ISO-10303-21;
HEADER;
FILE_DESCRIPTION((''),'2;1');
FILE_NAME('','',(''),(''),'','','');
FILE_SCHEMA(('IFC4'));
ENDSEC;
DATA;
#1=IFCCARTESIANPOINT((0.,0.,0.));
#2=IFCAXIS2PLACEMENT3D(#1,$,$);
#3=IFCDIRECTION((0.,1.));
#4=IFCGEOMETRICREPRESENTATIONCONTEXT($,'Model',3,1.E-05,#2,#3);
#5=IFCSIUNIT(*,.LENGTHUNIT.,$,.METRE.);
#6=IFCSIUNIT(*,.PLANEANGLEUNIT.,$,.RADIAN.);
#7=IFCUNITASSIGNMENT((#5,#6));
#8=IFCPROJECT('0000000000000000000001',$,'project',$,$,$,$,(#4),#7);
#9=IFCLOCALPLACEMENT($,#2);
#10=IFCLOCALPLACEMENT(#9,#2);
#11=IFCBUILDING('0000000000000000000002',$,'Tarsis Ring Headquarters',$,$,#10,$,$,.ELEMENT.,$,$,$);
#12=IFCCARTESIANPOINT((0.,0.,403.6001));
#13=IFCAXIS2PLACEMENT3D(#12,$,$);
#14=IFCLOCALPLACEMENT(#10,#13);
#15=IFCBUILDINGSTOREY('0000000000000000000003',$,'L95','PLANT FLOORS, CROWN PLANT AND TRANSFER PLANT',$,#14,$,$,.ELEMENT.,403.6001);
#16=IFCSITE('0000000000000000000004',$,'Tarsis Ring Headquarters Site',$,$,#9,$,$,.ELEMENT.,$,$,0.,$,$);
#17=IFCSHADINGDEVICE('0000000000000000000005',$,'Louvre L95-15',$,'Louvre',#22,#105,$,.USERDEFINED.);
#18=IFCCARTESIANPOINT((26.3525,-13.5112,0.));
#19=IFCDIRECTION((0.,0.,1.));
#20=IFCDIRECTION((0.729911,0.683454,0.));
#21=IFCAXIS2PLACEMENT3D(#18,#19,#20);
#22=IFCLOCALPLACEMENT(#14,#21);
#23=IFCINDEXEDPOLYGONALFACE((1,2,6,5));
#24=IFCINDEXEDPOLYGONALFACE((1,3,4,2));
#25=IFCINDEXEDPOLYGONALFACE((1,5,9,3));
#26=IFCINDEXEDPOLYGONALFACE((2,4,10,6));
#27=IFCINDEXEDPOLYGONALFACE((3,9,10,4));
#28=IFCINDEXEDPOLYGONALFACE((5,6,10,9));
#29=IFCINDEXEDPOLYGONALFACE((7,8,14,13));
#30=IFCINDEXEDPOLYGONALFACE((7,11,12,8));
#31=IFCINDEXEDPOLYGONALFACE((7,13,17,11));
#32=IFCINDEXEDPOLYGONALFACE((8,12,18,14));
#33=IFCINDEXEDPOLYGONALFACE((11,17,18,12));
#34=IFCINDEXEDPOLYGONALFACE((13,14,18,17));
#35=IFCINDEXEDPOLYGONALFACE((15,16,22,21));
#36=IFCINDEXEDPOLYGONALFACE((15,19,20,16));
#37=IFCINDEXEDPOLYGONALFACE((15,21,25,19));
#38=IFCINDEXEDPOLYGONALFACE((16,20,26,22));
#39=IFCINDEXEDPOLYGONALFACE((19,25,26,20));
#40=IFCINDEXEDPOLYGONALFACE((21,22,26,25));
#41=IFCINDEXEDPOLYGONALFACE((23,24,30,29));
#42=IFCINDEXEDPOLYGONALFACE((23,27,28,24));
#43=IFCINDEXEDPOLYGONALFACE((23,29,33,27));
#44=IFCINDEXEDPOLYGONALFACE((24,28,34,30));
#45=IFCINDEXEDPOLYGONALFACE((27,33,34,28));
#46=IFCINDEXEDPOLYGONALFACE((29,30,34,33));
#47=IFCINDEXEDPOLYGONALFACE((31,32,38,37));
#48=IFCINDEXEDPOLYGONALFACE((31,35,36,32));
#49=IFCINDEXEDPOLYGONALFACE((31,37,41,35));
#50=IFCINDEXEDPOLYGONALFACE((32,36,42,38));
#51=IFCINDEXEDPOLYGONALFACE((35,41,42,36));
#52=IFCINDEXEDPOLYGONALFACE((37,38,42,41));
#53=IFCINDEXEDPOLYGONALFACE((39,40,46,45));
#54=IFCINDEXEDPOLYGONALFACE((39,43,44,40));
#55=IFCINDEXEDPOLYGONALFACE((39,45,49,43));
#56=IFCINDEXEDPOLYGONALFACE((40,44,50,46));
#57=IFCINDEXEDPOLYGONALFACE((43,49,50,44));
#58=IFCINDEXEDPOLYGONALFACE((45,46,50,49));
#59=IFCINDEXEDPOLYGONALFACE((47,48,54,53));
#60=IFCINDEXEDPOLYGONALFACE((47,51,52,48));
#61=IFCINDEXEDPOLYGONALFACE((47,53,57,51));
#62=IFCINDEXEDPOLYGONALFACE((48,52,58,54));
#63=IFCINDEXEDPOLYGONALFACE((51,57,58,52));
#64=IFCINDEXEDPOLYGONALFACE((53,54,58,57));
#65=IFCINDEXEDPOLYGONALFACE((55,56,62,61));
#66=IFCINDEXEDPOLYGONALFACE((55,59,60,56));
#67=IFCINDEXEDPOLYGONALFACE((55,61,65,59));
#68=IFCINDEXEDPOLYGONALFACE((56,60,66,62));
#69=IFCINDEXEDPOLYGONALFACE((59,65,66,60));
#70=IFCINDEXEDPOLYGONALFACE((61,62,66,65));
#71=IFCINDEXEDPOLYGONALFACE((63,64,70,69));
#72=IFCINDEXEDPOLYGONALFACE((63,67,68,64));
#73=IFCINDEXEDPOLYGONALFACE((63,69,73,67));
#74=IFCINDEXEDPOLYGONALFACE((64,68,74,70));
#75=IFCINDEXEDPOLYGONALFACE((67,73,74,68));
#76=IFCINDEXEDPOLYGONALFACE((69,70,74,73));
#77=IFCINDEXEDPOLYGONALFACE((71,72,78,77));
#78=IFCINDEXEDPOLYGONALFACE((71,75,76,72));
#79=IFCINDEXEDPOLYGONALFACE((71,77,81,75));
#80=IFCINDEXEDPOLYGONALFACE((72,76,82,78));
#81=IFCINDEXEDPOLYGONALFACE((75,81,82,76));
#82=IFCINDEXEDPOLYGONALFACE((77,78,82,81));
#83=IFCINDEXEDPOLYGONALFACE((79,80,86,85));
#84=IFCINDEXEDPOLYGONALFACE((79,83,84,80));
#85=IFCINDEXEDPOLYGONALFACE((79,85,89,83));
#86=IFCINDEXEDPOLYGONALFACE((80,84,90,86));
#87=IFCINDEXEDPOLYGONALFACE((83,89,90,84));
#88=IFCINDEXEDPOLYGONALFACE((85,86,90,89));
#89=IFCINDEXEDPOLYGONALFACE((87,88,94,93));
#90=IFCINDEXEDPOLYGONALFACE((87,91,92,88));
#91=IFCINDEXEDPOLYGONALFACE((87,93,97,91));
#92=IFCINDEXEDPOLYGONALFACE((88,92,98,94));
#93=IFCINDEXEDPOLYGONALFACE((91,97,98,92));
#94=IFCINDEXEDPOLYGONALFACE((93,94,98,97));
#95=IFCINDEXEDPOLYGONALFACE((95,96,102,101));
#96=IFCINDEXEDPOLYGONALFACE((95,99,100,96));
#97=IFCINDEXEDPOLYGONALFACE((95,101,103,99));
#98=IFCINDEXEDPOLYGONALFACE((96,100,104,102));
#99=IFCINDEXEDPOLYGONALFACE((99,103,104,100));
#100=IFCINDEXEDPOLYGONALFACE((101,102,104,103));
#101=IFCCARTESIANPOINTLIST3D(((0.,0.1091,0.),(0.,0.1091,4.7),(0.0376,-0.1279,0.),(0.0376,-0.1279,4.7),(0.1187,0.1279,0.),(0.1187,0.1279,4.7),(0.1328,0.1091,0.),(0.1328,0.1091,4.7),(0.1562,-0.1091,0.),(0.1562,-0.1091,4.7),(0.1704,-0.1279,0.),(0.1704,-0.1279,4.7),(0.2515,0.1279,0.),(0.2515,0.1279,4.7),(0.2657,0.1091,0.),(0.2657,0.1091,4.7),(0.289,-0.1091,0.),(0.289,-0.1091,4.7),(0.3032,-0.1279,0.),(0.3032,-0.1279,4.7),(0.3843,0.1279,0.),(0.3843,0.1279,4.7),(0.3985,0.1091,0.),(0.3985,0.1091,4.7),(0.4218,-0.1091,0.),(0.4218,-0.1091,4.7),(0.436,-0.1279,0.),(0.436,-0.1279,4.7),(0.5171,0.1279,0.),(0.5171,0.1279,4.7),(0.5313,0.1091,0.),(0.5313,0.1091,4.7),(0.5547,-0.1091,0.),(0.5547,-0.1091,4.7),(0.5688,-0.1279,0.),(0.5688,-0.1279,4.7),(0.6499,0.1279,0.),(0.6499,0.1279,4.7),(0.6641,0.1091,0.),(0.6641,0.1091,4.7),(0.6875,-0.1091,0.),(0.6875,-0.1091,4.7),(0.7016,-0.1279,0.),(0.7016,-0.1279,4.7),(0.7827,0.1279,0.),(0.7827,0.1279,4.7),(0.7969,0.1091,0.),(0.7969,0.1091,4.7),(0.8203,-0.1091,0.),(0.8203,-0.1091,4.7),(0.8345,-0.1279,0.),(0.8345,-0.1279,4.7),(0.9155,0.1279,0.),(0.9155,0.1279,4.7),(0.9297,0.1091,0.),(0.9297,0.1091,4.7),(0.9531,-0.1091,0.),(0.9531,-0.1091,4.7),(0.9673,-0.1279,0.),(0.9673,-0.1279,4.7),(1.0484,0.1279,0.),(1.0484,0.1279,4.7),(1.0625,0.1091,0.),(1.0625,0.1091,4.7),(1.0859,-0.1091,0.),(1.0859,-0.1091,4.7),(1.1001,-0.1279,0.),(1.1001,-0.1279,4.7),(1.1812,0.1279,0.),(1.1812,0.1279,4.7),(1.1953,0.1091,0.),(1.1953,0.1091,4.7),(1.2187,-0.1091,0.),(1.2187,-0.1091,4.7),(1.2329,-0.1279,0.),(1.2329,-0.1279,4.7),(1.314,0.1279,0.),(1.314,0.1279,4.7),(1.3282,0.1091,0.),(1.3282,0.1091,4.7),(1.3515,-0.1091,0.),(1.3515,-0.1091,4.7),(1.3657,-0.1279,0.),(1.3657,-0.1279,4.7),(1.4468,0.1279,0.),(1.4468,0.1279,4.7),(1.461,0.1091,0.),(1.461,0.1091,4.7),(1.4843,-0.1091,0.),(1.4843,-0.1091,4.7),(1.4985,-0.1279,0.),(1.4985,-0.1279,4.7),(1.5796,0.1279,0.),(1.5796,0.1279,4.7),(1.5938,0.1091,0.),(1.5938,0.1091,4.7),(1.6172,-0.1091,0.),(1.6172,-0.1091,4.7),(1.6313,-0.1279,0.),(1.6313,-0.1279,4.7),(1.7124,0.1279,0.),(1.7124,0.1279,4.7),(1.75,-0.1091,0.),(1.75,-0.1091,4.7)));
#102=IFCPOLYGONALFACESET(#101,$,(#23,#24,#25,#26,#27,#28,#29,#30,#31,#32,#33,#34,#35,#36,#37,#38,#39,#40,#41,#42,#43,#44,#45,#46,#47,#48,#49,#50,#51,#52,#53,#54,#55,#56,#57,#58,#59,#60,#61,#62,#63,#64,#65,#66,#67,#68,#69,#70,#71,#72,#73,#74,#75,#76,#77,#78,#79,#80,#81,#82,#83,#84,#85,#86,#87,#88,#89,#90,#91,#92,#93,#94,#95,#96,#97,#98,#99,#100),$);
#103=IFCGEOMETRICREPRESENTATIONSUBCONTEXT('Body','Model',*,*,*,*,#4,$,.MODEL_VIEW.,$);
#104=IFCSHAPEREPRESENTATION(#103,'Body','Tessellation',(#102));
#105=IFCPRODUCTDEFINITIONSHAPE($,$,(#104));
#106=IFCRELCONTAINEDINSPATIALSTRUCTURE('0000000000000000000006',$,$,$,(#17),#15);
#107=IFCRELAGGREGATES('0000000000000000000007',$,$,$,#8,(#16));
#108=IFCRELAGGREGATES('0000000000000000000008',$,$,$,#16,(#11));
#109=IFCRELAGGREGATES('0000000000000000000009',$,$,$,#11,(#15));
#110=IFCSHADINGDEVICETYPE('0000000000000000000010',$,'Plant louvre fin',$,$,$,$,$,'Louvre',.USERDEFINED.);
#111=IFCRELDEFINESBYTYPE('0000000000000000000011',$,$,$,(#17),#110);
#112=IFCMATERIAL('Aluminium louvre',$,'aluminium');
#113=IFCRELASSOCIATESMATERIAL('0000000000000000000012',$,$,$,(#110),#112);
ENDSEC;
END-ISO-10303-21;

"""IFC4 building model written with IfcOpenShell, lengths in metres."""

from ifc_helpers import new_model, si_unit, direction, frame, frame_2d, origin, place, context, subcontext, project, spatial, rectangle, composite_profile, extrude, material, type_object, element, save


model = new_model("IFC4")

# Units and contexts
model_context = context("Model", 3, precision=1e-05, world=origin(), true_north=direction((0.0, 1.0)))
body_context = subcontext(model_context, "Body", "Model", "MODEL_VIEW")
ifc_project = project(units=[si_unit("LENGTHUNIT", "METRE"), si_unit("PLANEANGLEUNIT", "RADIAN")], contexts=[model_context])

# Site, building, storey
site_placement = place(None, origin())
site = spatial("IfcSite", under=ifc_project, at=site_placement, Name="Tarsis Ring Headquarters Site", CompositionType="ELEMENT", RefElevation=0.0)
building_placement = place(site_placement, origin())
building = spatial("IfcBuilding", under=site, at=building_placement, Name="Tarsis Ring Headquarters", CompositionType="ELEMENT")
storey_placement = place(building_placement, frame((0.0, 0.0, 403.6001)))
storey = spatial("IfcBuildingStorey", under=building, at=storey_placement, Name="L95", Description="PLANT FLOORS, CROWN PLANT AND TRANSFER PLANT", CompositionType="ELEMENT", Elevation=403.6001)

# Shading device
ifc_material_1 = material(Name="Aluminium louvre", Category="aluminium")
shading_device_type_1 = type_object("IfcShadingDeviceType", Name="Plant louvre fin", ElementType="Louvre", PredefinedType="USERDEFINED", material=ifc_material_1)
for number, where, z_axis, x_axis, name in (
    (1, (26.3525, -13.5112, 0.0), (0.0, 0.0, 1.0), (0.729911, 0.683454, 0.0), "Louvre L95-15"),
):
    element("IfcShadingDevice", number, at=place(storey_placement, frame(where, z_axis=z_axis, x_axis=x_axis)), inside=storey, type_object=shading_device_type_1, Name=name, ObjectType="Louvre", PredefinedType="USERDEFINED", context=body_context, shape_type="SweptSolid", body=[
        extrude(composite_profile([rectangle(XDim=0.1201, YDim=0.24, at=frame_2d((0.0781, 0.0), x_axis=(0.987688, 0.156434))), rectangle(XDim=0.1201, YDim=0.24, at=frame_2d((0.2109, 0.0), x_axis=(0.987688, 0.156434))), rectangle(XDim=0.1201, YDim=0.24, at=frame_2d((0.3438, 0.0), x_axis=(0.987688, 0.156434))), rectangle(XDim=0.1201, YDim=0.24, at=frame_2d((0.4766, 0.0), x_axis=(0.987688, 0.156434))), rectangle(XDim=0.1201, YDim=0.24, at=frame_2d((0.6094, 0.0), x_axis=(0.987688, 0.156434))), rectangle(XDim=0.1201, YDim=0.24, at=frame_2d((0.7422, 0.0), x_axis=(0.987688, 0.156434))), rectangle(XDim=0.1201, YDim=0.24, at=frame_2d((0.875, 0.0), x_axis=(0.987688, 0.156434))), rectangle(XDim=0.1201, YDim=0.24, at=frame_2d((1.0078, 0.0), x_axis=(0.987688, 0.156434))), rectangle(XDim=0.1201, YDim=0.24, at=frame_2d((1.1406, 0.0), x_axis=(0.987688, 0.156434))), rectangle(XDim=0.1201, YDim=0.24, at=frame_2d((1.2734, 0.0), x_axis=(0.987688, 0.156434))), rectangle(XDim=0.1201, YDim=0.24, at=frame_2d((1.4062, 0.0), x_axis=(0.987688, 0.156434))), rectangle(XDim=0.1201, YDim=0.24, at=frame_2d((1.5391, 0.0), x_axis=(0.987688, 0.156434))), rectangle(XDim=0.1201, YDim=0.24, at=frame_2d((1.6719, 0.0), x_axis=(0.987688, 0.156434)))]), origin(), (0.0, 0.0, 1.0), 4.7),
    ])

save(model, "model.ifc")
